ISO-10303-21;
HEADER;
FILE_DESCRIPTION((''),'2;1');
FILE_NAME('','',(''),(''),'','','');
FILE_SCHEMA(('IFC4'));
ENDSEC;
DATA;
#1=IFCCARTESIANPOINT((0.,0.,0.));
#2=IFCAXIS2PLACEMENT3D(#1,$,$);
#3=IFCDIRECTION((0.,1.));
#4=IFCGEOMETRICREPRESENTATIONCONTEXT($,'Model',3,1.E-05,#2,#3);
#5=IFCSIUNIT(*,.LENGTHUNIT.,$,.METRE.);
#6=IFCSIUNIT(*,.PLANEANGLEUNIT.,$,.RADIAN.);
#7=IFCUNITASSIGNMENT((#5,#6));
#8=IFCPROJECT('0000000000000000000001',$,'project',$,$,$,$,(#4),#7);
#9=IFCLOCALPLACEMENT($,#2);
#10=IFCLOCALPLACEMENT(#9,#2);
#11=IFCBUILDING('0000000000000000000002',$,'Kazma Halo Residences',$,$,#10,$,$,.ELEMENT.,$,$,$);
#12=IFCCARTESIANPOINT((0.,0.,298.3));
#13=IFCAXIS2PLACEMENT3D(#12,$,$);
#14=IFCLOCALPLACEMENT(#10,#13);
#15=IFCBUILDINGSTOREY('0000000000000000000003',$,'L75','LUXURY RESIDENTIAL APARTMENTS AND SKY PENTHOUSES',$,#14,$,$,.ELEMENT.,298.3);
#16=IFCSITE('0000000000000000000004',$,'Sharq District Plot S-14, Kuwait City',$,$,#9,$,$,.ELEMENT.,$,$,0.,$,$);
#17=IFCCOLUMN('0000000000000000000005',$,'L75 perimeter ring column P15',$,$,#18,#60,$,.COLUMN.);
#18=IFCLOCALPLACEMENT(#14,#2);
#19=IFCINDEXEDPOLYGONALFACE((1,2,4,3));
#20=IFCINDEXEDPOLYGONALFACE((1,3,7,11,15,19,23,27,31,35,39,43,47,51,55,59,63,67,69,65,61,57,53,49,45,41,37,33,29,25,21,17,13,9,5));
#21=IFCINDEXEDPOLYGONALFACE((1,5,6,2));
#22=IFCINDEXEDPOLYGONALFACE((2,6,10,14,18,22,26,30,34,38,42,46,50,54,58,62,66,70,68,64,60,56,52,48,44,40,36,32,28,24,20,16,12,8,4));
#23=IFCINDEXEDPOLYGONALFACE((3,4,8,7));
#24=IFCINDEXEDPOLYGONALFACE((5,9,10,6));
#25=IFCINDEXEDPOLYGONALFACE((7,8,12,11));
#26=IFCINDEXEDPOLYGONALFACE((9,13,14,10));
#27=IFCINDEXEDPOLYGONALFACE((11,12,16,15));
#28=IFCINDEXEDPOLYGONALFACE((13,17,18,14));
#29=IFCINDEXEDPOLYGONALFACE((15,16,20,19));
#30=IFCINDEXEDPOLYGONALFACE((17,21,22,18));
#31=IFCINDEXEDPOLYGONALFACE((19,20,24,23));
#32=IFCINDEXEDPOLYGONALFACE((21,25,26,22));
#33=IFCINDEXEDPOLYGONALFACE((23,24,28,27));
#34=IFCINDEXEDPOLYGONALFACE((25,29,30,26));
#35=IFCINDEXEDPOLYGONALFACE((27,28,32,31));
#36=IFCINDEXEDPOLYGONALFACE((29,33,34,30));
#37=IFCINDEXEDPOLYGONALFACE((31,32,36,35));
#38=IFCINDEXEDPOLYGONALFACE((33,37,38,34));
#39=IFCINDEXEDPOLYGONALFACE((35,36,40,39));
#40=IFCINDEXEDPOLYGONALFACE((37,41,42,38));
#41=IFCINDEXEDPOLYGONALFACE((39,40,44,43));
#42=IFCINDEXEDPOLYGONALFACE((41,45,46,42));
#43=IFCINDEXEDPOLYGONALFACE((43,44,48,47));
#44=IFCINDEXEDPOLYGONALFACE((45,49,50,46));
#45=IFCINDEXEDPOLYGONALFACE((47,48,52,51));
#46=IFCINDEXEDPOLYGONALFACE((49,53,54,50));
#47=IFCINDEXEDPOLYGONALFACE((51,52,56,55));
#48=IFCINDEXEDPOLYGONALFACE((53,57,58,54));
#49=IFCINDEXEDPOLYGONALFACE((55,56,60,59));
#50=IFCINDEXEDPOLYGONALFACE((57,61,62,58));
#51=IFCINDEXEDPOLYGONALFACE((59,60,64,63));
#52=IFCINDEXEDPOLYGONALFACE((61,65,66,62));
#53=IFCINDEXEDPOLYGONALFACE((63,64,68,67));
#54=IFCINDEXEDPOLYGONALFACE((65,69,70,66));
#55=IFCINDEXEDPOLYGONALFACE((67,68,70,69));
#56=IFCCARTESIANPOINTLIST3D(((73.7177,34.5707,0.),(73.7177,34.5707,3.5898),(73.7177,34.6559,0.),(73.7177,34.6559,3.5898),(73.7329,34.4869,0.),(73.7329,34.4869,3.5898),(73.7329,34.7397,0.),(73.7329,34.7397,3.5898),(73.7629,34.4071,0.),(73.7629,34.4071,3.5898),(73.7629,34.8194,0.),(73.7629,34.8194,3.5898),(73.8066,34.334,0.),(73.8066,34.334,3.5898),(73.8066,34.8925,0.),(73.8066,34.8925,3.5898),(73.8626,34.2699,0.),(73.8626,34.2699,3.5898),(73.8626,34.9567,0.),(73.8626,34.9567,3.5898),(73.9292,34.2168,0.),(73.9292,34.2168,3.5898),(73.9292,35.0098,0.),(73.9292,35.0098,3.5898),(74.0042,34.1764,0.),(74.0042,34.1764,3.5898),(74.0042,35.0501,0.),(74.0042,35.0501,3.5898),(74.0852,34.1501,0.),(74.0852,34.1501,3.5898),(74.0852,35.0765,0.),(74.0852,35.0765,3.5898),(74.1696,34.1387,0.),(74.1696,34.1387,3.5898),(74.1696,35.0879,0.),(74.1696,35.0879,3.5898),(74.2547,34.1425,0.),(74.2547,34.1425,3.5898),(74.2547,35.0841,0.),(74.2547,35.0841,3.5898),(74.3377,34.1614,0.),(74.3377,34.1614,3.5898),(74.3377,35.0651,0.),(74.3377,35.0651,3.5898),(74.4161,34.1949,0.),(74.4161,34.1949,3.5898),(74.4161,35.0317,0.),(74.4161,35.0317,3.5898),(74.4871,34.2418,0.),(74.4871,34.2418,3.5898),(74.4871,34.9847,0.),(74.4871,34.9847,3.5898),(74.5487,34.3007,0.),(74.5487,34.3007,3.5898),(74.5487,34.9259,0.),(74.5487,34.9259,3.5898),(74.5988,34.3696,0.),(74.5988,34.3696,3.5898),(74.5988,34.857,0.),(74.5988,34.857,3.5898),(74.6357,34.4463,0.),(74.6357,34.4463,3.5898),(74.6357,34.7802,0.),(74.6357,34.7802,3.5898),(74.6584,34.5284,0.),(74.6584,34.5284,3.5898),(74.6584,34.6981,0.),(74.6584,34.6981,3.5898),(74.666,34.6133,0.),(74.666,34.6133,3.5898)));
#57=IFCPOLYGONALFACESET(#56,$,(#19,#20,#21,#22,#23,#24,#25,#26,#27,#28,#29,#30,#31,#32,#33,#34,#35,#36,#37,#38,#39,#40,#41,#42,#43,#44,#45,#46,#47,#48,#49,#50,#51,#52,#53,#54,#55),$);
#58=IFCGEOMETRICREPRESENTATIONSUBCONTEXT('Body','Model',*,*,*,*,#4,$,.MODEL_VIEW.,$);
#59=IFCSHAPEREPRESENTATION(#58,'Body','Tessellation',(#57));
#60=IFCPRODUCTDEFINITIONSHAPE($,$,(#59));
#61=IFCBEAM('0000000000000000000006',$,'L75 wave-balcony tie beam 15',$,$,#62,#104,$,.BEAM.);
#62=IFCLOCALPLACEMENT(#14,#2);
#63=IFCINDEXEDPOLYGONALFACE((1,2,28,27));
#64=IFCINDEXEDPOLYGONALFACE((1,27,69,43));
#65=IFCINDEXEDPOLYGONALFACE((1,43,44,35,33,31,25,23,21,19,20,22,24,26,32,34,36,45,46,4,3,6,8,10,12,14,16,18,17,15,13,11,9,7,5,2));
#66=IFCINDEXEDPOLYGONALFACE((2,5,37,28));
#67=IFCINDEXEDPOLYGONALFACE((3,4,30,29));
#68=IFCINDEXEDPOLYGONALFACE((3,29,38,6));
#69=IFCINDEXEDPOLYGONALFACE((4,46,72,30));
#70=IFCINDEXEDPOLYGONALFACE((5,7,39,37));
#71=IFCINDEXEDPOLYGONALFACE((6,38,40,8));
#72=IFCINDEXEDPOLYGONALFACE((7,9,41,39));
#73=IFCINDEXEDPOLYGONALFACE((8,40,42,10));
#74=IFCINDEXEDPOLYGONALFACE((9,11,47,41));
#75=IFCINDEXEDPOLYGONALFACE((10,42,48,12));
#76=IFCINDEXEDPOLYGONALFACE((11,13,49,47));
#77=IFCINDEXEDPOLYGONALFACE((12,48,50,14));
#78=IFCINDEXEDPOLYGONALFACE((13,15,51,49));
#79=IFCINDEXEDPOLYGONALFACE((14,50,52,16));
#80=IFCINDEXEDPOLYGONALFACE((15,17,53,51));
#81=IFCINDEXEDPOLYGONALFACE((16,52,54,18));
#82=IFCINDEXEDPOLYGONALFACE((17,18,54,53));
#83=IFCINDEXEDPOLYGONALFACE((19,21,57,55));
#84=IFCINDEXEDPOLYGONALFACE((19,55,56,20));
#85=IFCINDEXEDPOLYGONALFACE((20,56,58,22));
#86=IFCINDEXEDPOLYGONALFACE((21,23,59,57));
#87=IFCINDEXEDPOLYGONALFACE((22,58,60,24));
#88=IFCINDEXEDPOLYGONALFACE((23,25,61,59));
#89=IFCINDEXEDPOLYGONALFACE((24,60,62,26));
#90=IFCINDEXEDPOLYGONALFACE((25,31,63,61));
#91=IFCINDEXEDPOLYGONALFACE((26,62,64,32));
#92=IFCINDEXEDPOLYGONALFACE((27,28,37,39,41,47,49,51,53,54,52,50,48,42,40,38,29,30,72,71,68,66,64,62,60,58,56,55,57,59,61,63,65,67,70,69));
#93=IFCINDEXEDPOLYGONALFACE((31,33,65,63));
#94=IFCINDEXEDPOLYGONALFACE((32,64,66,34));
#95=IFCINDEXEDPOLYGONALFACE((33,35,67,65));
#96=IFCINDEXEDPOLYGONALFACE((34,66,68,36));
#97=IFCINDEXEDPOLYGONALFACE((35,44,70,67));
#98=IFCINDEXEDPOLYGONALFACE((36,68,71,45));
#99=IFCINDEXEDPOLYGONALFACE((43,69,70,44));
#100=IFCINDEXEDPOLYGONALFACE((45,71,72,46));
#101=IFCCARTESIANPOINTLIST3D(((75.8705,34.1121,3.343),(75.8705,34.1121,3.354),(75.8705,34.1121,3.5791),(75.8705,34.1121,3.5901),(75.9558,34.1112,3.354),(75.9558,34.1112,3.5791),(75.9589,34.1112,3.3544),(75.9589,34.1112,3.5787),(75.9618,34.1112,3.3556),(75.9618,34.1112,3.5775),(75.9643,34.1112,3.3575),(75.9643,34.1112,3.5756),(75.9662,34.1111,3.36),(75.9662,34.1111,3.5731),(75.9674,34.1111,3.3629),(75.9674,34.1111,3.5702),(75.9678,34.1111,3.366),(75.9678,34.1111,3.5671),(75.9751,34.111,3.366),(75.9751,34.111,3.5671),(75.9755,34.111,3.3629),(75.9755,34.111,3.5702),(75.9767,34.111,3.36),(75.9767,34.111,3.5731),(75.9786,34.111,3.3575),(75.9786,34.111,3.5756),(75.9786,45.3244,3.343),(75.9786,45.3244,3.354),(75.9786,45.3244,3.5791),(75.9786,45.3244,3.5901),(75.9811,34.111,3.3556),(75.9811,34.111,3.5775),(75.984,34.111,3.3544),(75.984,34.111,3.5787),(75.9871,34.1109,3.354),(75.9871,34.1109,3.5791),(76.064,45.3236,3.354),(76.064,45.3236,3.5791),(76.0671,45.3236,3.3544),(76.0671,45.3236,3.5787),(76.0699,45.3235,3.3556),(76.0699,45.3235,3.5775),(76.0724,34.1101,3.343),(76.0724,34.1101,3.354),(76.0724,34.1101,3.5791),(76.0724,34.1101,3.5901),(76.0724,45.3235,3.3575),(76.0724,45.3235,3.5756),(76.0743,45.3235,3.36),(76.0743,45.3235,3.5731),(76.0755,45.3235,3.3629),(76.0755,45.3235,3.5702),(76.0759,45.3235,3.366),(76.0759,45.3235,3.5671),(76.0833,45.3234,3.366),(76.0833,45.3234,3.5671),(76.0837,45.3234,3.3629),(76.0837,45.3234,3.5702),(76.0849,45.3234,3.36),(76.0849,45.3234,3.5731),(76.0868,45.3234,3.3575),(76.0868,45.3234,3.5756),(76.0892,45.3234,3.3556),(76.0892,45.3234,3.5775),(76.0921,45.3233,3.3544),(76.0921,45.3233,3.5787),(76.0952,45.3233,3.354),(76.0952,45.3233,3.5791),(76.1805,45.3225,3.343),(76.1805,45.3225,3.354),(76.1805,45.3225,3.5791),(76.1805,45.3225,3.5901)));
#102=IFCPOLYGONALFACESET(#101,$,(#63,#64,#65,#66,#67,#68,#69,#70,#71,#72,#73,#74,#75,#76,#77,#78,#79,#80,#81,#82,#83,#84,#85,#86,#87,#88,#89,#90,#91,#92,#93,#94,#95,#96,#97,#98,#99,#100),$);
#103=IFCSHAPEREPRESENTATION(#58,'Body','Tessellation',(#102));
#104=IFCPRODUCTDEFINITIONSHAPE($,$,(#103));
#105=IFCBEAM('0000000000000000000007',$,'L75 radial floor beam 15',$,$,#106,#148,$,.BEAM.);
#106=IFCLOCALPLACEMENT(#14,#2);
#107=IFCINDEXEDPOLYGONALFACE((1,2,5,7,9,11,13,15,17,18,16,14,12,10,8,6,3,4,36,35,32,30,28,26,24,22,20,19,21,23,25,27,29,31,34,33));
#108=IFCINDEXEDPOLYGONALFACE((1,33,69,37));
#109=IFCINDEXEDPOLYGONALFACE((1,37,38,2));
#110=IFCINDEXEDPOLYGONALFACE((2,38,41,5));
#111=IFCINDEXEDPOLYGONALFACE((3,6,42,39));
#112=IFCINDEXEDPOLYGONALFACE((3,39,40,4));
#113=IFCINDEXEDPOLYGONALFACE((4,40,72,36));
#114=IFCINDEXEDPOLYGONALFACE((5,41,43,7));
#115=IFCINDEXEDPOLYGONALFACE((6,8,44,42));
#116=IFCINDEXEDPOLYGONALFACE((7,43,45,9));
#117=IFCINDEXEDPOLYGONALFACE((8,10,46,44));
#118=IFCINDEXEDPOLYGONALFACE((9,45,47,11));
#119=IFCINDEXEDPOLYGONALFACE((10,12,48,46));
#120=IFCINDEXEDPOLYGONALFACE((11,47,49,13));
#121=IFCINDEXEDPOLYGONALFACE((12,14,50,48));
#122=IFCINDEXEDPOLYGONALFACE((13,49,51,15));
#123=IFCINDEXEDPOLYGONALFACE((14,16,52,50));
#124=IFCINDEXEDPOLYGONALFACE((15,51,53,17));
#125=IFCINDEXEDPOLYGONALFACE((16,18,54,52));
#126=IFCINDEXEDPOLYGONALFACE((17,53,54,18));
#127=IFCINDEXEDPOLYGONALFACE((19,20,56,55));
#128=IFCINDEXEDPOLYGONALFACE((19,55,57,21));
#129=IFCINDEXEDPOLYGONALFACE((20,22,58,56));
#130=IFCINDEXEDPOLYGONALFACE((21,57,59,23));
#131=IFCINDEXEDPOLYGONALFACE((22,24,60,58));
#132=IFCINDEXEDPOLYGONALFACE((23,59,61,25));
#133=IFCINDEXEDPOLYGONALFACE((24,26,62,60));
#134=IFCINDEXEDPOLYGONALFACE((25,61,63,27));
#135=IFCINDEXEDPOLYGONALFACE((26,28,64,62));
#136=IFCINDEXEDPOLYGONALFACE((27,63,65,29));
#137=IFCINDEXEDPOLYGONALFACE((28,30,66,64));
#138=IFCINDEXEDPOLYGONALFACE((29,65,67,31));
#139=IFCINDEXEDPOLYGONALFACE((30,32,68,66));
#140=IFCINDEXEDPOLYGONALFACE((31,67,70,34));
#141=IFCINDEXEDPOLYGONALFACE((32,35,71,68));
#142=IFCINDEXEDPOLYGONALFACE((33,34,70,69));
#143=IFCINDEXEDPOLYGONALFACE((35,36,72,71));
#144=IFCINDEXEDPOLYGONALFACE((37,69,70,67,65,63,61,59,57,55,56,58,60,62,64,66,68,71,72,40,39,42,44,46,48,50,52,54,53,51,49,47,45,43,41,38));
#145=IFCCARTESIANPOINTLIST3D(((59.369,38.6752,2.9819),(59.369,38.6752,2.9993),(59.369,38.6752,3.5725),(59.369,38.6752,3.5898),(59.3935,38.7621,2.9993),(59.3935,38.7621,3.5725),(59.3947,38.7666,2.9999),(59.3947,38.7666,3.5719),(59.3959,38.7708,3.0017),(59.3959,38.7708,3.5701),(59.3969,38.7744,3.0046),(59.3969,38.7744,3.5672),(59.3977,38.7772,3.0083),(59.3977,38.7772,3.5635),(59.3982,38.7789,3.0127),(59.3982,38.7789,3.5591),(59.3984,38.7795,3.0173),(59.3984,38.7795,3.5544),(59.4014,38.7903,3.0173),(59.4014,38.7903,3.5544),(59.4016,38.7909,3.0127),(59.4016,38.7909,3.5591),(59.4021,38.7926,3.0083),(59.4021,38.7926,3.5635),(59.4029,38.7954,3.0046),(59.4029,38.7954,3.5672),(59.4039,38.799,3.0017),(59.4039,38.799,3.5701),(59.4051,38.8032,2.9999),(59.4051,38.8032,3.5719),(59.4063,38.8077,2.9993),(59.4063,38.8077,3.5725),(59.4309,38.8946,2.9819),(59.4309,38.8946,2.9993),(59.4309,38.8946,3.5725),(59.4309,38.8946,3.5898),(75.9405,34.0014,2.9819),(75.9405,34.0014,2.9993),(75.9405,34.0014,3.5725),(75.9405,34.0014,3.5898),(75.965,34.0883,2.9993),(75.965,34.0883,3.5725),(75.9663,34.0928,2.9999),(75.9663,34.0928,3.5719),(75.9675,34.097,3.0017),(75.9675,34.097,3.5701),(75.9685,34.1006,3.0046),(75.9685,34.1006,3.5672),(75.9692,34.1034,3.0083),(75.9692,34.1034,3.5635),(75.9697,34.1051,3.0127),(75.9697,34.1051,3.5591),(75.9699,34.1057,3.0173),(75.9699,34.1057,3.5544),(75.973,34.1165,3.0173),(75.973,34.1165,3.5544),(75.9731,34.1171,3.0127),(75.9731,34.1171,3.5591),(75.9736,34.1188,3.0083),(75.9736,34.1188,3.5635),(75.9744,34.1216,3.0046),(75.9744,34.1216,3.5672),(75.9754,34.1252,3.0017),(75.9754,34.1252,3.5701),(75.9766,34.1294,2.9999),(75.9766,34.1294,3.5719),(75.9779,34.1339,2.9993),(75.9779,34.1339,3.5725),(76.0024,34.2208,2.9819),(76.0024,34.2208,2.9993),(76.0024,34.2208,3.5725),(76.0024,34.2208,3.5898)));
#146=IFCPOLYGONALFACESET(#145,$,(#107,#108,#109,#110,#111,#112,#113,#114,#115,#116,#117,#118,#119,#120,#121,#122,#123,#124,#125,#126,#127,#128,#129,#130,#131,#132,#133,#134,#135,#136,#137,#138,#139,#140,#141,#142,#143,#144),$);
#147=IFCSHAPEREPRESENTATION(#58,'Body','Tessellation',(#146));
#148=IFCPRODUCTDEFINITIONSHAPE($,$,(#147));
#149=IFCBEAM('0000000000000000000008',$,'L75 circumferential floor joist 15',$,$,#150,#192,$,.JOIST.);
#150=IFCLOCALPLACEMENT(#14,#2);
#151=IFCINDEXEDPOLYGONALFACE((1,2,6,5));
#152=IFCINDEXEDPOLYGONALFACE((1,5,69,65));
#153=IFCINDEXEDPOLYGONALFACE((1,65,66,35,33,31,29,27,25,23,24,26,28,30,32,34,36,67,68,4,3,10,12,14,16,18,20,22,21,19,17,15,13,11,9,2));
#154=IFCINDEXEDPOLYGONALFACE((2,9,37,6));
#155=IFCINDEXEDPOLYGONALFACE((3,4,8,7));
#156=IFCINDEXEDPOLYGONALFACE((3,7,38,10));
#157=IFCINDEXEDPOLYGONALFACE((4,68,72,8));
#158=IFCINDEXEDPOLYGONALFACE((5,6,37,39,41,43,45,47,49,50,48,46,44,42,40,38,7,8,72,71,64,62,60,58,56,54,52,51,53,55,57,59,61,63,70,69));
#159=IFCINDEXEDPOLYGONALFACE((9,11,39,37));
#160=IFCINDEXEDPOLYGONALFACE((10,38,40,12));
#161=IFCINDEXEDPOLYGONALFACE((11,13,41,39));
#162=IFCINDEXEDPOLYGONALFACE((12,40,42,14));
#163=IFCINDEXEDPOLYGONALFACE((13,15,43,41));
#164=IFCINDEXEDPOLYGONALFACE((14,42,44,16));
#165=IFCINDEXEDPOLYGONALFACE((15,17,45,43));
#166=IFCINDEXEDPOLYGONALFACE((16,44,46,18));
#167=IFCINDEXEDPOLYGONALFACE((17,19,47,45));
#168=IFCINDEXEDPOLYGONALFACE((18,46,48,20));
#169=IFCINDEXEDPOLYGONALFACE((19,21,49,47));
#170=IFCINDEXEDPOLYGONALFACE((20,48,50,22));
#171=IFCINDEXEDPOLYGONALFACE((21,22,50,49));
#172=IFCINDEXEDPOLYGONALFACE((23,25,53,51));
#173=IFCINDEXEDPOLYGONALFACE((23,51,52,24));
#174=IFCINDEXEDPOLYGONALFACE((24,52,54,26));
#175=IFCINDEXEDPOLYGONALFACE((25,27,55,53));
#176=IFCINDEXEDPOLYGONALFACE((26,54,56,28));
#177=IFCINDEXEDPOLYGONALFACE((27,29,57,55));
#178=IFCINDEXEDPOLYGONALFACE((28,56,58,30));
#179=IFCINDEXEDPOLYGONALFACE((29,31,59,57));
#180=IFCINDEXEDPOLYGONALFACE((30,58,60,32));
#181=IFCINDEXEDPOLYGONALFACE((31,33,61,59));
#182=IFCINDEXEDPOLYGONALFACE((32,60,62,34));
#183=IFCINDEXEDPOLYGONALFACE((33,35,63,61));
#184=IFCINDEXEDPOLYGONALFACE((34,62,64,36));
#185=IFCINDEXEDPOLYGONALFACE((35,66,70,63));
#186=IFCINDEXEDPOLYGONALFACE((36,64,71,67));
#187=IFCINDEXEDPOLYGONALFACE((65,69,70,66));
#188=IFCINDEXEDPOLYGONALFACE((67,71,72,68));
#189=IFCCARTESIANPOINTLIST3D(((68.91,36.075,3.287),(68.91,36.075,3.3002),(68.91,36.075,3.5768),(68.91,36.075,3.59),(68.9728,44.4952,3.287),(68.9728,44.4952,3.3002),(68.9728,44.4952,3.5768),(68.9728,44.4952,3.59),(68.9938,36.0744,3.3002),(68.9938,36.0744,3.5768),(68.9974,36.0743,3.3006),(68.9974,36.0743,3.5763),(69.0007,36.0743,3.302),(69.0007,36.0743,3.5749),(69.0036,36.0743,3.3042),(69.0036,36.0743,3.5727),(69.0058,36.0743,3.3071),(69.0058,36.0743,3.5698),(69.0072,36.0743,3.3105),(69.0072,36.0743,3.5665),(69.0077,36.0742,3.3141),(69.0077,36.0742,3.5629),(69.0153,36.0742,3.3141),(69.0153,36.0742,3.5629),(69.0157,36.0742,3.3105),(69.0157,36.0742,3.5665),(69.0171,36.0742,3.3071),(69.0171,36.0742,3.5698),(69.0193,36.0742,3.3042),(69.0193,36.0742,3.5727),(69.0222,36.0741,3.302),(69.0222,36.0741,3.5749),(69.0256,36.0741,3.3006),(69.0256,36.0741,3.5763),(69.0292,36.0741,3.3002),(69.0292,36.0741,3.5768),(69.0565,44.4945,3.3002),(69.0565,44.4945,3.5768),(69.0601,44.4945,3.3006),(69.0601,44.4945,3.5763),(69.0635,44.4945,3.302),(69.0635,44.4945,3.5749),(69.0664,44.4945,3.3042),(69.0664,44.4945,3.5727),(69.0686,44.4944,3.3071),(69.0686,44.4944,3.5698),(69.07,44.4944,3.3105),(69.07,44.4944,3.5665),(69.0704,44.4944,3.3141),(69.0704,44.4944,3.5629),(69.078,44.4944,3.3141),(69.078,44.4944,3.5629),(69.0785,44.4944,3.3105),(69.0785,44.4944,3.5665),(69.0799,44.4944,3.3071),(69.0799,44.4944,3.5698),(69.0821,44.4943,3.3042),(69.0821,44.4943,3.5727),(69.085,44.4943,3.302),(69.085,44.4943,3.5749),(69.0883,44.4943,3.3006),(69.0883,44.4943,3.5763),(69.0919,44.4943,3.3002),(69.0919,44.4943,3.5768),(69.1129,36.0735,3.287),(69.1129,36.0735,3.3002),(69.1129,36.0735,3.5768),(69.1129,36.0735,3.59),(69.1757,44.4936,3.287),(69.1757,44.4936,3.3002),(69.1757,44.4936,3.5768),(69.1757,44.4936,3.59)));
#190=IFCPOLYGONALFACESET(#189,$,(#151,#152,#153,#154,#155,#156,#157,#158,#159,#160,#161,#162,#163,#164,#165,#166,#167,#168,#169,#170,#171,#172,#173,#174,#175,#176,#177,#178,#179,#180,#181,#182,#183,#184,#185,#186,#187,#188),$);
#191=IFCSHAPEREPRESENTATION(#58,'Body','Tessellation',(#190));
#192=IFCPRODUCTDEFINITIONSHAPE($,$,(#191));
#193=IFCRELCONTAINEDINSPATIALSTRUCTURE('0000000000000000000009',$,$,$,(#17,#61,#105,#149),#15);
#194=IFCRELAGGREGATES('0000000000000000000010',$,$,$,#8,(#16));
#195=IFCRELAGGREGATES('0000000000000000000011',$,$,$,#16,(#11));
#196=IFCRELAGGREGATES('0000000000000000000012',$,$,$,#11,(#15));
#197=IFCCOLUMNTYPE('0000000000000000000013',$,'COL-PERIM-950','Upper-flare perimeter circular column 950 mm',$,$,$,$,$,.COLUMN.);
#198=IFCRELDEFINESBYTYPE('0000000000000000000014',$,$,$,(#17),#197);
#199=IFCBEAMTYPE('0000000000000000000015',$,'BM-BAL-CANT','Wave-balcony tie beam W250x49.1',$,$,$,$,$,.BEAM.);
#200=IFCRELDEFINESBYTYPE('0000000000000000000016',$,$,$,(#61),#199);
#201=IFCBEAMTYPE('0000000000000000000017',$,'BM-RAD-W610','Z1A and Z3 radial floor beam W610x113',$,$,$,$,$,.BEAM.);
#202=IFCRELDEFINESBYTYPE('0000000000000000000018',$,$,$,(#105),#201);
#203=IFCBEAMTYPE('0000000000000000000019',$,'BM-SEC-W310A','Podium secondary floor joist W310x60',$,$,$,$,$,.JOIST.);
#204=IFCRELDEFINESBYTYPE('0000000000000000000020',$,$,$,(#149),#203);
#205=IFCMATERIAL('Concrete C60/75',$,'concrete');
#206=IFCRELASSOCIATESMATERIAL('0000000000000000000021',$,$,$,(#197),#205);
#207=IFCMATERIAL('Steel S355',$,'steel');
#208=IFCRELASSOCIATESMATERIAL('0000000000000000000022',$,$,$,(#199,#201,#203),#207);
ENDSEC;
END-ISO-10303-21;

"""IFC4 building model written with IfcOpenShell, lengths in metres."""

from ifc_helpers import new_model, si_unit, direction, frame, origin, origin_2d, place, context, subcontext, project, spatial, circle, i_section, extrude, material, material_profile, profile_set, type_object, element, save


model = new_model("IFC4")

# Units and contexts
model_context = context("Model", 3, precision=1e-05, world=origin(), true_north=direction((0.0, 1.0)))
body_context = subcontext(model_context, "Body", "Model", "MODEL_VIEW")
ifc_project = project(units=[si_unit("LENGTHUNIT", "METRE"), si_unit("PLANEANGLEUNIT", "RADIAN")], contexts=[model_context])

# Site, building, storey
site_placement = place(None, origin())
site = spatial("IfcSite", under=ifc_project, at=site_placement, Name="Sharq District Plot S-14, Kuwait City", CompositionType="ELEMENT", RefElevation=0.0)
building_placement = place(site_placement, origin())
building = spatial("IfcBuilding", under=site, at=building_placement, Name="Kazma Halo Residences", CompositionType="ELEMENT")
storey_placement = place(building_placement, frame((0.0, 0.0, 298.3)))
storey = spatial("IfcBuildingStorey", under=building, at=storey_placement, Name="L75", Description="LUXURY RESIDENTIAL APARTMENTS AND SKY PENTHOUSES", CompositionType="ELEMENT", Elevation=298.3)

# Column
ifc_material_1 = material(Name="Concrete C60/75", Category="concrete")
ifc_material_profile_1 = material_profile(ifc_material_1, circle(Radius=0.4751, at=origin_2d()), Name="CIRC950")
ifc_profile_set_1 = profile_set([ifc_material_profile_1], Name="Concrete C60/75")
column_type = type_object("IfcColumnType", Name="COL-PERIM-950", Description="Upper-flare perimeter circular column 950 mm", PredefinedType="COLUMN", material=ifc_profile_set_1)
column_placement = place(storey_placement, frame((74.1909, 34.6133, 0.0), z_axis=(0.0, 0.0, 1.0), x_axis=(1.0, 0.0, 0.0)))
element("IfcColumn", 1, at=column_placement, inside=storey, type_object=column_type, Name="L75 perimeter ring column P15", PredefinedType="COLUMN", context=body_context, shape_type="SweptSolid", body=[
    extrude(circle(Radius=0.4751, at=origin_2d()), origin(), (0.0, 0.0, 1.0), 3.5898),
])

# Beams
ifc_material_2 = material(Name="Steel S355", Category="steel")
ifc_material_profile_2 = material_profile(ifc_material_2, i_section(OverallWidth=0.2019, OverallDepth=0.2471, WebThickness=0.0073, FlangeThickness=0.011, FilletRadius=0.012, at=origin_2d()), Name="W250x49.1")
ifc_profile_set_2 = profile_set([ifc_material_profile_2], Name="Steel S355")
beam_type_1 = type_object("IfcBeamType", Name="BM-BAL-CANT", Description="Wave-balcony tie beam W250x49.1", PredefinedType="BEAM", material=ifc_profile_set_2)
beam_1_placement = place(storey_placement, frame((75.9714, 34.1111, 3.4666), z_axis=(0.009646, 0.999953, 0.0), x_axis=(-0.999953, 0.009646, 0.0)))
element("IfcBeam", 2, at=beam_1_placement, inside=storey, type_object=beam_type_1, Name="L75 wave-balcony tie beam 15", PredefinedType="BEAM", context=body_context, shape_type="SweptSolid", body=[
    extrude(i_section(OverallWidth=0.2019, OverallDepth=0.2471, WebThickness=0.0073, FlangeThickness=0.011, FilletRadius=0.012, at=origin_2d()), origin(), (0.0, 0.0, 1.0), 11.2129),
])
ifc_material_profile_3 = material_profile(ifc_material_2, i_section(OverallWidth=0.228, OverallDepth=0.6079, WebThickness=0.0112, FlangeThickness=0.0173, FilletRadius=0.0181, at=origin_2d()), Name="W610x113")
ifc_profile_set_3 = profile_set([ifc_material_profile_3], Name="Steel S355")
beam_type_2 = type_object("IfcBeamType", Name="BM-RAD-W610", Description="Z1A and Z3 radial floor beam W610x113", PredefinedType="BEAM", material=ifc_profile_set_3)
beam_2_placement = place(storey_placement, frame((59.3999, 38.7849, 3.2859), z_axis=(0.962453, -0.27145, 0.0), x_axis=(0.27145, 0.962453, 0.0)))
element("IfcBeam", 3, at=beam_2_placement, inside=storey, type_object=beam_type_2, Name="L75 radial floor beam 15", PredefinedType="BEAM", context=body_context, shape_type="SweptSolid", body=[
    extrude(i_section(OverallWidth=0.228, OverallDepth=0.6079, WebThickness=0.0112, FlangeThickness=0.0173, FilletRadius=0.0181, at=origin_2d()), origin(), (0.0, 0.0, 1.0), 17.218),
])
ifc_material_profile_4 = material_profile(ifc_material_2, i_section(OverallWidth=0.2029, OverallDepth=0.303, WebThickness=0.0076, FlangeThickness=0.0132, FilletRadius=0.0139, at=origin_2d()), Name="W310x60")
ifc_profile_set_4 = profile_set([ifc_material_profile_4], Name="Steel S355")
beam_type_3 = type_object("IfcBeamType", Name="BM-SEC-W310A", Description="Podium secondary floor joist W310x60", PredefinedType="JOIST", material=ifc_profile_set_4)
beam_3_placement = place(storey_placement, frame((69.0115, 36.0742, 3.4385), z_axis=(0.007451, 0.999972, 0.0), x_axis=(-0.999972, 0.007451, 0.0)))
element("IfcBeam", 4, at=beam_3_placement, inside=storey, type_object=beam_type_3, Name="L75 circumferential floor joist 15", PredefinedType="JOIST", context=body_context, shape_type="SweptSolid", body=[
    extrude(i_section(OverallWidth=0.2029, OverallDepth=0.303, WebThickness=0.0076, FlangeThickness=0.0132, FilletRadius=0.0139, at=origin_2d()), origin(), (0.0, 0.0, 1.0), 8.4204),
])

save(model, "model.ifc")
